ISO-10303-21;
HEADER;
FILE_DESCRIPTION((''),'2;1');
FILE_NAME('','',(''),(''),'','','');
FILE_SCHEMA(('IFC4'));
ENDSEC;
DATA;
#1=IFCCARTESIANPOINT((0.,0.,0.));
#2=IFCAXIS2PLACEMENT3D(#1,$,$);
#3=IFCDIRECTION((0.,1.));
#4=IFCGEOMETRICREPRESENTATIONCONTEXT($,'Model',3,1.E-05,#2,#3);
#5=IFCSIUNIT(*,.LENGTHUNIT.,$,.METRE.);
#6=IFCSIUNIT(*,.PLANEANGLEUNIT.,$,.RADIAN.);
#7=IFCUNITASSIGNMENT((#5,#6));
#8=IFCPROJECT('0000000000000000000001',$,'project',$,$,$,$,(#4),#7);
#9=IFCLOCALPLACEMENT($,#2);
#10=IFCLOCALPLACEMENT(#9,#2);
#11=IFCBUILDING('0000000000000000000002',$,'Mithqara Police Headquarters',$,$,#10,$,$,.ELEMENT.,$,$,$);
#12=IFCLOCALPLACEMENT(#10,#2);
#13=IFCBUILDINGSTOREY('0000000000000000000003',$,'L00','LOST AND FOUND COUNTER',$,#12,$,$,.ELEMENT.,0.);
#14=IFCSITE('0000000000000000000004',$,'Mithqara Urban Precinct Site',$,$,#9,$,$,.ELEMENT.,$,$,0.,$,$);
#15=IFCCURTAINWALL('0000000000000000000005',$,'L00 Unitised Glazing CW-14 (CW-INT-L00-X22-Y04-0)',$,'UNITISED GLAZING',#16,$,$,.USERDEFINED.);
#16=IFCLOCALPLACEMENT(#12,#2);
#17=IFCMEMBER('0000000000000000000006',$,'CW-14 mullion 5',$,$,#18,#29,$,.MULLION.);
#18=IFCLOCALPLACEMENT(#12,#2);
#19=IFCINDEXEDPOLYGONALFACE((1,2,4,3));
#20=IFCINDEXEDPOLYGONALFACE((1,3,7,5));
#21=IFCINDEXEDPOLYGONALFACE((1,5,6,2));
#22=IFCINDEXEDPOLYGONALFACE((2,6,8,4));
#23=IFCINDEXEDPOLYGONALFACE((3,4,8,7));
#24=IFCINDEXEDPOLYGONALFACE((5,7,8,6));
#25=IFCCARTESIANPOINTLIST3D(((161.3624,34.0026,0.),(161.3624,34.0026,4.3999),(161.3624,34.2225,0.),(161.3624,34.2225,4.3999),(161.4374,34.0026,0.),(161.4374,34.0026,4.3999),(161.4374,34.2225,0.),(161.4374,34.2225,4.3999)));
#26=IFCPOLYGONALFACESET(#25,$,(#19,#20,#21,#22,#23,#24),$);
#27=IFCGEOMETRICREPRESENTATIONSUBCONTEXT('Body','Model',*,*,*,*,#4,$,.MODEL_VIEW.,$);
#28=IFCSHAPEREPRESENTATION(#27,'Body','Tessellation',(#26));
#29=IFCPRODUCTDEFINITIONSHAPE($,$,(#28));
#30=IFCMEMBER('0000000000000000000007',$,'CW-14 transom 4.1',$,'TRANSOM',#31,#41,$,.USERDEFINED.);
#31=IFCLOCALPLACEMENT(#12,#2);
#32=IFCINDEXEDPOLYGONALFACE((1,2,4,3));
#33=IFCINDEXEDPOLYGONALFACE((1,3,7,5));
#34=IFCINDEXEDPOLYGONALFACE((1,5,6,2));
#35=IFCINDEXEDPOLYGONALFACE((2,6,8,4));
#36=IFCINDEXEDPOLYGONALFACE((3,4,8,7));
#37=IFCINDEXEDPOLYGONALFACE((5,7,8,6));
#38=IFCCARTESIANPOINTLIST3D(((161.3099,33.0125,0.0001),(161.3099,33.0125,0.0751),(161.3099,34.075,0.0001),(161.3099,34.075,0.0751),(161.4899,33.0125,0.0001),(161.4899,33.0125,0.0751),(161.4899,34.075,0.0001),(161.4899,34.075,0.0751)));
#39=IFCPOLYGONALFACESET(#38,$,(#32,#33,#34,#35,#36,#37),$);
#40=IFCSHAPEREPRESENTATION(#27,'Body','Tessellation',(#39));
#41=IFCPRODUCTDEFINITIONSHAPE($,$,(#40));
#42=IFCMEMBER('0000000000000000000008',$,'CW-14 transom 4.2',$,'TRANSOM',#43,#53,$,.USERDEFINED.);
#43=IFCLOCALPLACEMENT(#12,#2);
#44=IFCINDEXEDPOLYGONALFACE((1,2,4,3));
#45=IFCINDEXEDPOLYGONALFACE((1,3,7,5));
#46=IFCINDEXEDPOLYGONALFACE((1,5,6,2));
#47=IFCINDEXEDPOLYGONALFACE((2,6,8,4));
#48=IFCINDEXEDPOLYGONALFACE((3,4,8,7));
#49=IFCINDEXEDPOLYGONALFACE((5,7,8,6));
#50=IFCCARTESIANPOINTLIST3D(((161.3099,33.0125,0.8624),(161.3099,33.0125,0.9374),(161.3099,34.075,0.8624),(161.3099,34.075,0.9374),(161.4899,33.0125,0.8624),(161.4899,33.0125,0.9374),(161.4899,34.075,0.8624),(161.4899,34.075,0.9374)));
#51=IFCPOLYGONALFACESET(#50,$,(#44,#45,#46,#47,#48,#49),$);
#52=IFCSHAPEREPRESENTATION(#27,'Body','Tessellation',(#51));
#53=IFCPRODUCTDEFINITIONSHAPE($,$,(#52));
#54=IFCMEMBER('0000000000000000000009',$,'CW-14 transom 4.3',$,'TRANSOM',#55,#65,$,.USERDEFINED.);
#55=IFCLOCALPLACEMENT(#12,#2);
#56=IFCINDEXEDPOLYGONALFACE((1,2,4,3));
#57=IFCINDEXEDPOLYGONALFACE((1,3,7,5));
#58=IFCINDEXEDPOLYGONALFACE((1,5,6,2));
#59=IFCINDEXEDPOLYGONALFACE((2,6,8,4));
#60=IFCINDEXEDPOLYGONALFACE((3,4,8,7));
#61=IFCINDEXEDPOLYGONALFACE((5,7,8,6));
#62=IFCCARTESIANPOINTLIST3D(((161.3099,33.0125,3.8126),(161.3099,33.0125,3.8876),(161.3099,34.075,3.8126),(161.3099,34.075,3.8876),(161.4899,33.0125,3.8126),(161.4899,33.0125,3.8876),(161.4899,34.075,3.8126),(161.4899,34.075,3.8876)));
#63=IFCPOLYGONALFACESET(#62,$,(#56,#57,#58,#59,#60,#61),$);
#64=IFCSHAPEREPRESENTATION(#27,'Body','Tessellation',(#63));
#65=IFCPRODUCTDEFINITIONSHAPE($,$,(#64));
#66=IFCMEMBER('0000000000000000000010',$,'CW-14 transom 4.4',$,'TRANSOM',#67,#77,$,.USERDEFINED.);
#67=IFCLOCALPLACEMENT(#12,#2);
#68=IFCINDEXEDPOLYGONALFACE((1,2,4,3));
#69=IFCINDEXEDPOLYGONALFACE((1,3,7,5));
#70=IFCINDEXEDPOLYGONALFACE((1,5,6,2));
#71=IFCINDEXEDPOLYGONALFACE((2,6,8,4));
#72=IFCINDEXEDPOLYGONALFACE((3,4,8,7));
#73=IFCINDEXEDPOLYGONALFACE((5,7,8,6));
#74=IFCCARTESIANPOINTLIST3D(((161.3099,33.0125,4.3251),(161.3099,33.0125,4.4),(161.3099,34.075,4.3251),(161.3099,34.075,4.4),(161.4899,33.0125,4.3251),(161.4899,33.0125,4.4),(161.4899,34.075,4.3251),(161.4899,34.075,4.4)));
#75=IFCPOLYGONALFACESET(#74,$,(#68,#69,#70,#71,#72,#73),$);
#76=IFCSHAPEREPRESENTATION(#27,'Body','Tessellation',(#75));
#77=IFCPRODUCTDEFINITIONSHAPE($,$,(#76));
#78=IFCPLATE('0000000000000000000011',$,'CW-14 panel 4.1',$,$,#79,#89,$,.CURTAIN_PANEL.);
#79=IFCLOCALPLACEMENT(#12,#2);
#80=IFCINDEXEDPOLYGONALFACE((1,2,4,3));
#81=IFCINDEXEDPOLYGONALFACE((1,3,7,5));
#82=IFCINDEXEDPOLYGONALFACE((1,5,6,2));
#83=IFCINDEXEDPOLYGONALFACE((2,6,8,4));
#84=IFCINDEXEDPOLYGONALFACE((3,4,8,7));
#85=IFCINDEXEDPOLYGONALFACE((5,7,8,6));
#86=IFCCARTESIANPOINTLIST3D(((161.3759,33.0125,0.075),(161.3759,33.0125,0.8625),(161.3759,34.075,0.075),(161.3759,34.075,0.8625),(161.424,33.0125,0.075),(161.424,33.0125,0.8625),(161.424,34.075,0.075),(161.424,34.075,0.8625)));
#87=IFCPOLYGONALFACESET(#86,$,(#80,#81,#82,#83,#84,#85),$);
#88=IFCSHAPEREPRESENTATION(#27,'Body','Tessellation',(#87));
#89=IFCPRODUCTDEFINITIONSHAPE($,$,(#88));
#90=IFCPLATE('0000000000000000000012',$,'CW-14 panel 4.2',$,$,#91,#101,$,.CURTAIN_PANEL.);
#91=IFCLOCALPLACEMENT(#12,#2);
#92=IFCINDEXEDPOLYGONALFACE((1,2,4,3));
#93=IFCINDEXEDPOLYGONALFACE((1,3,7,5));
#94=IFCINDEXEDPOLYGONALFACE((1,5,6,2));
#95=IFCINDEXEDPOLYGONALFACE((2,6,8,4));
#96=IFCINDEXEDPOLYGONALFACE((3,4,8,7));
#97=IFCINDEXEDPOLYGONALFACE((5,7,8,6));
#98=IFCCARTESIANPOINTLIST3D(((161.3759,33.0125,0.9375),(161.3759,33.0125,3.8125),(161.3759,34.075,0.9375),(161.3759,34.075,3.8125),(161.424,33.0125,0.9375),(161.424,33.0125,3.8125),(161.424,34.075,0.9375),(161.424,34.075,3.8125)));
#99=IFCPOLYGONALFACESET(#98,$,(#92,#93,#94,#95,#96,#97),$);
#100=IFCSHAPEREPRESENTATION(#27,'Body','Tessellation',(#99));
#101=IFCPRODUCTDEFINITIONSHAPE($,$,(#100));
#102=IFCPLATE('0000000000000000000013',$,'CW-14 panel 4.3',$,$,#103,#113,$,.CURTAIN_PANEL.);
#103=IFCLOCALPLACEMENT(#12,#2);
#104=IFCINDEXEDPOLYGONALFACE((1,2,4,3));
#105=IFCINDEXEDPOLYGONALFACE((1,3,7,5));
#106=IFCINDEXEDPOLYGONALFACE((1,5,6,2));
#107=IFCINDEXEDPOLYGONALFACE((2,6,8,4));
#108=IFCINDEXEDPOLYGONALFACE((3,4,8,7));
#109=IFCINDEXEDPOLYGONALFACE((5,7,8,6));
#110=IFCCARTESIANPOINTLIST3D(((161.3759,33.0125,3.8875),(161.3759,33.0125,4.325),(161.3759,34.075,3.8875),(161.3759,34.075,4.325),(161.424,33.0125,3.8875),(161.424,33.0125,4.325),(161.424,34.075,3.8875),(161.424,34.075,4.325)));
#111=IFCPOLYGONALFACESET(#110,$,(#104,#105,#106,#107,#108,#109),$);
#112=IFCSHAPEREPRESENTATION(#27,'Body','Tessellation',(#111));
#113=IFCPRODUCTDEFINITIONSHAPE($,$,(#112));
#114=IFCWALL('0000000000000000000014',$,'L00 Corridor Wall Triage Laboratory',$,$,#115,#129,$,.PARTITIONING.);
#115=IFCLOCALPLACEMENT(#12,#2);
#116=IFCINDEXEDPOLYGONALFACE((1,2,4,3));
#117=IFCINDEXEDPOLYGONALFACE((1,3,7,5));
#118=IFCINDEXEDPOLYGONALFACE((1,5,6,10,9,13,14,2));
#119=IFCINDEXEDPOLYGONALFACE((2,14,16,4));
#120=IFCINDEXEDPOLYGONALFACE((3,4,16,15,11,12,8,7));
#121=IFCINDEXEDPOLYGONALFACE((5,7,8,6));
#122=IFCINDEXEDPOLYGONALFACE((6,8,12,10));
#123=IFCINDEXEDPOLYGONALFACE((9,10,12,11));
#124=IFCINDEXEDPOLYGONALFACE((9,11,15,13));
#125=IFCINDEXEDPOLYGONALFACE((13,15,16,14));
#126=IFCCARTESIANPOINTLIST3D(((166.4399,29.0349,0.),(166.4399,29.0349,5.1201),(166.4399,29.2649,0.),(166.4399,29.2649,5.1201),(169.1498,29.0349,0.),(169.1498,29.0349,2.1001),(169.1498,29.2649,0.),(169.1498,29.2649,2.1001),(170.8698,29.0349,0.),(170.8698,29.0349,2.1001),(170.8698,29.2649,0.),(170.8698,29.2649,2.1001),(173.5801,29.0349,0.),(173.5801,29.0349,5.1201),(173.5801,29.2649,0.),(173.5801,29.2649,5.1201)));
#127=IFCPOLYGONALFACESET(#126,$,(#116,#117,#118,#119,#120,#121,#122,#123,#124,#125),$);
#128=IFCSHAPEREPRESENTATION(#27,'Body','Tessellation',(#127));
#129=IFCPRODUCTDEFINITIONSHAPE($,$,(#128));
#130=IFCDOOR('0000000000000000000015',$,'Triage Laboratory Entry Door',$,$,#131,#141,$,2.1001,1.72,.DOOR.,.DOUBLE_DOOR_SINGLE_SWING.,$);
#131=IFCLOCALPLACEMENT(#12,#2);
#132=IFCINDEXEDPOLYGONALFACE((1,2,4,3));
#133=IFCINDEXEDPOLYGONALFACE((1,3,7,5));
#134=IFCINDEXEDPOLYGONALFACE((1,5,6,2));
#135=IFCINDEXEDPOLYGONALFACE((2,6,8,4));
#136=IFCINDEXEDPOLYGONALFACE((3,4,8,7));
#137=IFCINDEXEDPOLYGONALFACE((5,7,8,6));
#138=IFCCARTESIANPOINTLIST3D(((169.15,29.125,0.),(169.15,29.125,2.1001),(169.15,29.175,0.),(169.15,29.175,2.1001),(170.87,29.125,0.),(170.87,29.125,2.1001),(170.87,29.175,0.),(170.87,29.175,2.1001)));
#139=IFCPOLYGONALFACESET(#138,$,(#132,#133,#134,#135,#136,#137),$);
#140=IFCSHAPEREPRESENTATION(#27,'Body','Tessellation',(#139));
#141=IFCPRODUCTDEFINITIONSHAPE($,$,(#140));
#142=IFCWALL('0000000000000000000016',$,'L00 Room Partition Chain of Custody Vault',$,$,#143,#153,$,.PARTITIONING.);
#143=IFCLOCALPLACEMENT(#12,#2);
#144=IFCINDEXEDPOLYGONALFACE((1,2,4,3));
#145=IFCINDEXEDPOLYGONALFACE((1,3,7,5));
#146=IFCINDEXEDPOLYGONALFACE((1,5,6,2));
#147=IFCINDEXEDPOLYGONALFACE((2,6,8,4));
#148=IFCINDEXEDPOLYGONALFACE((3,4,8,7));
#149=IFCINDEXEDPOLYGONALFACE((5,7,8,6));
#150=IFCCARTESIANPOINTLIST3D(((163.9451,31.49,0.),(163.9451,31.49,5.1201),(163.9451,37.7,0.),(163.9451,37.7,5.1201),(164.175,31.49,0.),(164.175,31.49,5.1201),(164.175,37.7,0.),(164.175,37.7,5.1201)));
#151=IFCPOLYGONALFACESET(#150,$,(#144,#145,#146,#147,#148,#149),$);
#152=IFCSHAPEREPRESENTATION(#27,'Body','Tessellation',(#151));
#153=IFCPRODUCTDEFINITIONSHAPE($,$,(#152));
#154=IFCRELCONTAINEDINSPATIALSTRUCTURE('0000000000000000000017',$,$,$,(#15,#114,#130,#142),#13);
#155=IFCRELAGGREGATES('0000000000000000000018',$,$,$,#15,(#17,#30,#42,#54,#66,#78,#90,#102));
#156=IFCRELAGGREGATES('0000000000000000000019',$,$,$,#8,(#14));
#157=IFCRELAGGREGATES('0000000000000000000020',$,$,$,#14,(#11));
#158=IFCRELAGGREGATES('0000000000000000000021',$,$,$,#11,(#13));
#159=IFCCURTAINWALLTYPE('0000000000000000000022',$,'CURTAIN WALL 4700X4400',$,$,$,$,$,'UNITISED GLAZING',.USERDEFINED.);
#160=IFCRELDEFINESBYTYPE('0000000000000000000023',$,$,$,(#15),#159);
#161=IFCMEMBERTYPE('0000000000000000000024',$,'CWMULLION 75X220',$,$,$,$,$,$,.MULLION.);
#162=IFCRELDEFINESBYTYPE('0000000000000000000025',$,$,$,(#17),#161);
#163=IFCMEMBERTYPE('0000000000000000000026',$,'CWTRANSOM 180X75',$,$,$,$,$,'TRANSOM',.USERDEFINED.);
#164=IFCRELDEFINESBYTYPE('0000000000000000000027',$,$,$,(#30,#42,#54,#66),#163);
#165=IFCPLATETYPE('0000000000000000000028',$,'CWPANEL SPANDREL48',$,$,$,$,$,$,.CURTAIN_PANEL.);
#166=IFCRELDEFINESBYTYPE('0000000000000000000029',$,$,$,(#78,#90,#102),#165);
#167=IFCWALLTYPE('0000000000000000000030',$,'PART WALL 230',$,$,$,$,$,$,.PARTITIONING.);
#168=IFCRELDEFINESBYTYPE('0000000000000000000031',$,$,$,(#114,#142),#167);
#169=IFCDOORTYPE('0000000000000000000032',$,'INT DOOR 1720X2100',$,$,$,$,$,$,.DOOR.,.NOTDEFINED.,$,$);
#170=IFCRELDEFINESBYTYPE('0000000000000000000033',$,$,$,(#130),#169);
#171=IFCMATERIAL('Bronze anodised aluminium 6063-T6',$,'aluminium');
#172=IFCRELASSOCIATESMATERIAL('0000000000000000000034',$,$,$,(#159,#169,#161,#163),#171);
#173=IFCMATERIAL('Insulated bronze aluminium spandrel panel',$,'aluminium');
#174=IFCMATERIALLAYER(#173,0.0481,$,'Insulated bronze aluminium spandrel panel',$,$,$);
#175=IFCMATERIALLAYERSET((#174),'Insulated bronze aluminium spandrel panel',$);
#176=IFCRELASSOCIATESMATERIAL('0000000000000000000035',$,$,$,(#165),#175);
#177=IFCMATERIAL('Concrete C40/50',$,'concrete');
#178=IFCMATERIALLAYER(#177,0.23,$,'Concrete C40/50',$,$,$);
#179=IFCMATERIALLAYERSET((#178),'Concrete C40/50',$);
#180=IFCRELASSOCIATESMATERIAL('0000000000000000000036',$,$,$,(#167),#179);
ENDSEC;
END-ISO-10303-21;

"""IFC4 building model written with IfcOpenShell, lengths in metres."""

from ifc_helpers import new_model, si_unit, direction, frame, frame_2d, origin, origin_2d, place, context, subcontext, project, spatial, rectangle, extrude, material, layer, layer_set, material_profile, profile_set, type_object, element, fill, aggregate, save


model = new_model("IFC4")

# Units and contexts
model_context = context("Model", 3, precision=1e-05, world=origin(), true_north=direction((0.0, 1.0)))
body_context = subcontext(model_context, "Body", "Model", "MODEL_VIEW")
ifc_project = project(units=[si_unit("LENGTHUNIT", "METRE"), si_unit("PLANEANGLEUNIT", "RADIAN")], contexts=[model_context])

# Site, building, storey
site_placement = place(None, origin())
site = spatial("IfcSite", under=ifc_project, at=site_placement, Name="Mithqara Urban Precinct Site", CompositionType="ELEMENT", RefElevation=0.0)
building_placement = place(site_placement, origin())
building = spatial("IfcBuilding", under=site, at=building_placement, Name="Mithqara Police Headquarters", CompositionType="ELEMENT")
storey_placement = place(building_placement, origin())
storey = spatial("IfcBuildingStorey", under=building, at=storey_placement, Name="L00", Description="LOST AND FOUND COUNTER", CompositionType="ELEMENT", Elevation=0.0)

# Shared definitions
ifc_material_1 = material(Name="Concrete C40/50", Category="concrete")

# Curtain wall, members, plates
ifc_material_2 = material(Name="Bronze anodised aluminium 6063-T6", Category="aluminium")
curtain_wall_type = type_object("IfcCurtainWallType", Name="CURTAIN WALL 4700X4400", ElementType="UNITISED GLAZING", PredefinedType="USERDEFINED", material=ifc_material_2)
curtain_wall_placement = place(storey_placement, origin())
curtain_wall = element("IfcCurtainWall", 1, at=curtain_wall_placement, inside=storey, type_object=curtain_wall_type, Name="L00 Unitised Glazing CW-14 (CW-INT-L00-X22-Y04-0)", ObjectType="UNITISED GLAZING", PredefinedType="USERDEFINED")
ifc_material_profile_1 = material_profile(ifc_material_2, rectangle(XDim=0.075, YDim=0.22, at=origin_2d()), Name="CWM 75x220")
ifc_profile_set_1 = profile_set([ifc_material_profile_1], Name="Bronze anodised aluminium 6063-T6")
member_type_1 = type_object("IfcMemberType", Name="CWMULLION 75X220", PredefinedType="MULLION", material=ifc_profile_set_1)
member_1_placement = place(storey_placement, frame((161.3999, 34.1125, 0.0), z_axis=(0.0, 0.0, 1.0), x_axis=(-1.0, 0.0, 0.0)))
member_1 = element("IfcMember", 2, at=member_1_placement, type_object=member_type_1, Name="CW-14 mullion 5", PredefinedType="MULLION", context=body_context, shape_type="SweptSolid", body=[
    extrude(rectangle(XDim=0.075, YDim=0.22, at=origin_2d()), origin(), (0.0, 0.0, 1.0), 4.3999),
])
ifc_material_profile_2 = material_profile(ifc_material_2, rectangle(XDim=0.1799, YDim=0.075, at=origin_2d()), Name="CWT 180x75")
ifc_profile_set_2 = profile_set([ifc_material_profile_2], Name="Bronze anodised aluminium 6063-T6")
member_type_2 = type_object("IfcMemberType", Name="CWTRANSOM 180X75", ElementType="TRANSOM", PredefinedType="USERDEFINED", material=ifc_profile_set_2)
member_2_placement = place(storey_placement, frame((161.3999, 33.0125, 0.0376), z_axis=(0.0, 1.0, 0.0), x_axis=(-1.0, 0.0, 0.0)))
member_2 = element("IfcMember", 3, at=member_2_placement, type_object=member_type_2, Name="CW-14 transom 4.1", ObjectType="TRANSOM", PredefinedType="USERDEFINED", context=body_context, shape_type="SweptSolid", body=[
    extrude(rectangle(XDim=0.1799, YDim=0.075, at=origin_2d()), origin(), (0.0, 0.0, 1.0), 1.0625),
])
member_3_placement = place(storey_placement, frame((161.3999, 33.0125, 0.8999), z_axis=(0.0, 1.0, 0.0), x_axis=(-1.0, 0.0, 0.0)))
member_3 = element("IfcMember", 4, at=member_3_placement, type_object=member_type_2, Name="CW-14 transom 4.2", ObjectType="TRANSOM", PredefinedType="USERDEFINED", context=body_context, shape_type="SweptSolid", body=[
    extrude(rectangle(XDim=0.1799, YDim=0.075, at=origin_2d()), origin(), (0.0, 0.0, 1.0), 1.0625),
])
member_4_placement = place(storey_placement, frame((161.3999, 33.0125, 3.8501), z_axis=(0.0, 1.0, 0.0), x_axis=(-1.0, 0.0, 0.0)))
member_4 = element("IfcMember", 5, at=member_4_placement, type_object=member_type_2, Name="CW-14 transom 4.3", ObjectType="TRANSOM", PredefinedType="USERDEFINED", context=body_context, shape_type="SweptSolid", body=[
    extrude(rectangle(XDim=0.1799, YDim=0.075, at=origin_2d()), origin(), (0.0, 0.0, 1.0), 1.0625),
])
member_5_placement = place(storey_placement, frame((161.3999, 33.0125, 4.3625), z_axis=(0.0, 1.0, 0.0), x_axis=(-1.0, 0.0, 0.0)))
member_5 = element("IfcMember", 6, at=member_5_placement, type_object=member_type_2, Name="CW-14 transom 4.4", ObjectType="TRANSOM", PredefinedType="USERDEFINED", context=body_context, shape_type="SweptSolid", body=[
    extrude(rectangle(XDim=0.1799, YDim=0.075, at=origin_2d()), origin(), (0.0, 0.0, 1.0), 1.0625),
])
ifc_material_3 = material(Name="Insulated bronze aluminium spandrel panel", Category="aluminium")
ifc_layer_1 = layer(ifc_material_3, 0.0481, Name="Insulated bronze aluminium spandrel panel")
ifc_layer_set_1 = layer_set([ifc_layer_1], Name="Insulated bronze aluminium spandrel panel")
plate_type = type_object("IfcPlateType", Name="CWPANEL SPANDREL48", PredefinedType="CURTAIN_PANEL", material=ifc_layer_set_1)
plate_1_placement = place(storey_placement, frame((161.3999, 33.5437, 0.075), z_axis=(0.0, 0.0, 1.0), x_axis=(0.0, 1.0, 0.0)))
plate_1 = element("IfcPlate", 7, at=plate_1_placement, type_object=plate_type, Name="CW-14 panel 4.1", PredefinedType="CURTAIN_PANEL", context=body_context, shape_type="SweptSolid", body=[
    extrude(rectangle(XDim=1.0625, YDim=0.0481, at=origin_2d()), origin(), (0.0, 0.0, 1.0), 0.7876),
])
plate_2_placement = place(storey_placement, frame((161.3999, 33.5437, 0.9375), z_axis=(0.0, 0.0, 1.0), x_axis=(0.0, 1.0, 0.0)))
plate_2 = element("IfcPlate", 8, at=plate_2_placement, type_object=plate_type, Name="CW-14 panel 4.2", PredefinedType="CURTAIN_PANEL", context=body_context, shape_type="SweptSolid", body=[
    extrude(rectangle(XDim=1.0625, YDim=0.0481, at=origin_2d()), origin(), (0.0, 0.0, 1.0), 2.875),
])
plate_3_placement = place(storey_placement, frame((161.3999, 33.5437, 3.8875), z_axis=(0.0, 0.0, 1.0), x_axis=(0.0, 1.0, 0.0)))
plate_3 = element("IfcPlate", 9, at=plate_3_placement, type_object=plate_type, Name="CW-14 panel 4.3", PredefinedType="CURTAIN_PANEL", context=body_context, shape_type="SweptSolid", body=[
    extrude(rectangle(XDim=1.0625, YDim=0.0481, at=origin_2d()), origin(), (0.0, 0.0, 1.0), 0.4375),
])
aggregate(curtain_wall, [member_1, member_2, member_3, member_4, member_5, plate_1, plate_2, plate_3])

# Wall, opening, door
ifc_layer_2 = layer(ifc_material_1, 0.23, Name="Concrete C40/50")
ifc_layer_set_2 = layer_set([ifc_layer_2], Name="Concrete C40/50")
wall_type = type_object("IfcWallType", Name="PART WALL 230", PredefinedType="PARTITIONING", material=ifc_layer_set_2)
wall_1_placement = place(storey_placement, frame((166.4399, 29.1499, 0.0), z_axis=(0.0, 0.0, 1.0), x_axis=(1.0, 0.0, 0.0)))
wall_1 = element("IfcWall", 10, at=wall_1_placement, inside=storey, type_object=wall_type, Name="L00 Corridor Wall Triage Laboratory", PredefinedType="PARTITIONING", context=body_context, shape_type="SweptSolid", body=[
    extrude(rectangle(XDim=7.1401, YDim=0.23, at=frame_2d((3.5701, 0.0))), origin(), (0.0, 0.0, 1.0), 5.1201),
])
opening_1_placement = place(wall_1_placement, frame((2.71, 0.0, 0.0)))
opening_1 = element("IfcOpeningElement", 11, at=opening_1_placement, cuts=wall_1, PredefinedType="OPENING", context=body_context, shape_type="SweptSolid", body=[
    extrude(rectangle(XDim=1.72, YDim=2.1001, at=frame_2d((0.8599, 1.05))), frame((0.0, 0.125, 0.0), z_axis=(0.0, -1.0, 0.0), x_axis=(1.0, 0.0, 0.0)), (0.0, 0.0, 1.0), 0.25),
])
door_type_1 = type_object("IfcDoorType", Name="INT DOOR 1720X2100", OperationType="NOTDEFINED", PredefinedType="DOOR", material=ifc_material_2)
door_1_placement = place(opening_1_placement, frame((1.72, 0.0, 0.0), z_axis=(0.0, 0.0, 1.0), x_axis=(-1.0, 0.0, 0.0)))
door_1 = element("IfcDoor", 12, at=door_1_placement, inside=storey, type_object=door_type_1, Name="Triage Laboratory Entry Door", OperationType="DOUBLE_DOOR_SINGLE_SWING", OverallHeight=2.1001, OverallWidth=1.72, PredefinedType="DOOR", context=body_context, shape_type="SweptSolid", body=[
    extrude(rectangle(XDim=1.72, YDim=2.1001, at=frame_2d((0.8599, 1.05))), frame((0.0, 0.0249, 0.0), z_axis=(0.0, -1.0, 0.0), x_axis=(1.0, 0.0, 0.0)), (0.0, 0.0, 1.0), 0.05),
])
fill(opening_1, door_1)

# Wall
wall_2_placement = place(storey_placement, frame((164.0601, 31.49, 0.0), z_axis=(0.0, 0.0, 1.0), x_axis=(0.0, 1.0, 0.0)))
element("IfcWall", 13, at=wall_2_placement, inside=storey, type_object=wall_type, Name="L00 Room Partition Chain of Custody Vault", PredefinedType="PARTITIONING", context=body_context, shape_type="SweptSolid", body=[
    extrude(rectangle(XDim=6.21, YDim=0.23, at=frame_2d((3.105, 0.0))), origin(), (0.0, 0.0, 1.0), 5.1201),
])

save(model, "model.ifc")
